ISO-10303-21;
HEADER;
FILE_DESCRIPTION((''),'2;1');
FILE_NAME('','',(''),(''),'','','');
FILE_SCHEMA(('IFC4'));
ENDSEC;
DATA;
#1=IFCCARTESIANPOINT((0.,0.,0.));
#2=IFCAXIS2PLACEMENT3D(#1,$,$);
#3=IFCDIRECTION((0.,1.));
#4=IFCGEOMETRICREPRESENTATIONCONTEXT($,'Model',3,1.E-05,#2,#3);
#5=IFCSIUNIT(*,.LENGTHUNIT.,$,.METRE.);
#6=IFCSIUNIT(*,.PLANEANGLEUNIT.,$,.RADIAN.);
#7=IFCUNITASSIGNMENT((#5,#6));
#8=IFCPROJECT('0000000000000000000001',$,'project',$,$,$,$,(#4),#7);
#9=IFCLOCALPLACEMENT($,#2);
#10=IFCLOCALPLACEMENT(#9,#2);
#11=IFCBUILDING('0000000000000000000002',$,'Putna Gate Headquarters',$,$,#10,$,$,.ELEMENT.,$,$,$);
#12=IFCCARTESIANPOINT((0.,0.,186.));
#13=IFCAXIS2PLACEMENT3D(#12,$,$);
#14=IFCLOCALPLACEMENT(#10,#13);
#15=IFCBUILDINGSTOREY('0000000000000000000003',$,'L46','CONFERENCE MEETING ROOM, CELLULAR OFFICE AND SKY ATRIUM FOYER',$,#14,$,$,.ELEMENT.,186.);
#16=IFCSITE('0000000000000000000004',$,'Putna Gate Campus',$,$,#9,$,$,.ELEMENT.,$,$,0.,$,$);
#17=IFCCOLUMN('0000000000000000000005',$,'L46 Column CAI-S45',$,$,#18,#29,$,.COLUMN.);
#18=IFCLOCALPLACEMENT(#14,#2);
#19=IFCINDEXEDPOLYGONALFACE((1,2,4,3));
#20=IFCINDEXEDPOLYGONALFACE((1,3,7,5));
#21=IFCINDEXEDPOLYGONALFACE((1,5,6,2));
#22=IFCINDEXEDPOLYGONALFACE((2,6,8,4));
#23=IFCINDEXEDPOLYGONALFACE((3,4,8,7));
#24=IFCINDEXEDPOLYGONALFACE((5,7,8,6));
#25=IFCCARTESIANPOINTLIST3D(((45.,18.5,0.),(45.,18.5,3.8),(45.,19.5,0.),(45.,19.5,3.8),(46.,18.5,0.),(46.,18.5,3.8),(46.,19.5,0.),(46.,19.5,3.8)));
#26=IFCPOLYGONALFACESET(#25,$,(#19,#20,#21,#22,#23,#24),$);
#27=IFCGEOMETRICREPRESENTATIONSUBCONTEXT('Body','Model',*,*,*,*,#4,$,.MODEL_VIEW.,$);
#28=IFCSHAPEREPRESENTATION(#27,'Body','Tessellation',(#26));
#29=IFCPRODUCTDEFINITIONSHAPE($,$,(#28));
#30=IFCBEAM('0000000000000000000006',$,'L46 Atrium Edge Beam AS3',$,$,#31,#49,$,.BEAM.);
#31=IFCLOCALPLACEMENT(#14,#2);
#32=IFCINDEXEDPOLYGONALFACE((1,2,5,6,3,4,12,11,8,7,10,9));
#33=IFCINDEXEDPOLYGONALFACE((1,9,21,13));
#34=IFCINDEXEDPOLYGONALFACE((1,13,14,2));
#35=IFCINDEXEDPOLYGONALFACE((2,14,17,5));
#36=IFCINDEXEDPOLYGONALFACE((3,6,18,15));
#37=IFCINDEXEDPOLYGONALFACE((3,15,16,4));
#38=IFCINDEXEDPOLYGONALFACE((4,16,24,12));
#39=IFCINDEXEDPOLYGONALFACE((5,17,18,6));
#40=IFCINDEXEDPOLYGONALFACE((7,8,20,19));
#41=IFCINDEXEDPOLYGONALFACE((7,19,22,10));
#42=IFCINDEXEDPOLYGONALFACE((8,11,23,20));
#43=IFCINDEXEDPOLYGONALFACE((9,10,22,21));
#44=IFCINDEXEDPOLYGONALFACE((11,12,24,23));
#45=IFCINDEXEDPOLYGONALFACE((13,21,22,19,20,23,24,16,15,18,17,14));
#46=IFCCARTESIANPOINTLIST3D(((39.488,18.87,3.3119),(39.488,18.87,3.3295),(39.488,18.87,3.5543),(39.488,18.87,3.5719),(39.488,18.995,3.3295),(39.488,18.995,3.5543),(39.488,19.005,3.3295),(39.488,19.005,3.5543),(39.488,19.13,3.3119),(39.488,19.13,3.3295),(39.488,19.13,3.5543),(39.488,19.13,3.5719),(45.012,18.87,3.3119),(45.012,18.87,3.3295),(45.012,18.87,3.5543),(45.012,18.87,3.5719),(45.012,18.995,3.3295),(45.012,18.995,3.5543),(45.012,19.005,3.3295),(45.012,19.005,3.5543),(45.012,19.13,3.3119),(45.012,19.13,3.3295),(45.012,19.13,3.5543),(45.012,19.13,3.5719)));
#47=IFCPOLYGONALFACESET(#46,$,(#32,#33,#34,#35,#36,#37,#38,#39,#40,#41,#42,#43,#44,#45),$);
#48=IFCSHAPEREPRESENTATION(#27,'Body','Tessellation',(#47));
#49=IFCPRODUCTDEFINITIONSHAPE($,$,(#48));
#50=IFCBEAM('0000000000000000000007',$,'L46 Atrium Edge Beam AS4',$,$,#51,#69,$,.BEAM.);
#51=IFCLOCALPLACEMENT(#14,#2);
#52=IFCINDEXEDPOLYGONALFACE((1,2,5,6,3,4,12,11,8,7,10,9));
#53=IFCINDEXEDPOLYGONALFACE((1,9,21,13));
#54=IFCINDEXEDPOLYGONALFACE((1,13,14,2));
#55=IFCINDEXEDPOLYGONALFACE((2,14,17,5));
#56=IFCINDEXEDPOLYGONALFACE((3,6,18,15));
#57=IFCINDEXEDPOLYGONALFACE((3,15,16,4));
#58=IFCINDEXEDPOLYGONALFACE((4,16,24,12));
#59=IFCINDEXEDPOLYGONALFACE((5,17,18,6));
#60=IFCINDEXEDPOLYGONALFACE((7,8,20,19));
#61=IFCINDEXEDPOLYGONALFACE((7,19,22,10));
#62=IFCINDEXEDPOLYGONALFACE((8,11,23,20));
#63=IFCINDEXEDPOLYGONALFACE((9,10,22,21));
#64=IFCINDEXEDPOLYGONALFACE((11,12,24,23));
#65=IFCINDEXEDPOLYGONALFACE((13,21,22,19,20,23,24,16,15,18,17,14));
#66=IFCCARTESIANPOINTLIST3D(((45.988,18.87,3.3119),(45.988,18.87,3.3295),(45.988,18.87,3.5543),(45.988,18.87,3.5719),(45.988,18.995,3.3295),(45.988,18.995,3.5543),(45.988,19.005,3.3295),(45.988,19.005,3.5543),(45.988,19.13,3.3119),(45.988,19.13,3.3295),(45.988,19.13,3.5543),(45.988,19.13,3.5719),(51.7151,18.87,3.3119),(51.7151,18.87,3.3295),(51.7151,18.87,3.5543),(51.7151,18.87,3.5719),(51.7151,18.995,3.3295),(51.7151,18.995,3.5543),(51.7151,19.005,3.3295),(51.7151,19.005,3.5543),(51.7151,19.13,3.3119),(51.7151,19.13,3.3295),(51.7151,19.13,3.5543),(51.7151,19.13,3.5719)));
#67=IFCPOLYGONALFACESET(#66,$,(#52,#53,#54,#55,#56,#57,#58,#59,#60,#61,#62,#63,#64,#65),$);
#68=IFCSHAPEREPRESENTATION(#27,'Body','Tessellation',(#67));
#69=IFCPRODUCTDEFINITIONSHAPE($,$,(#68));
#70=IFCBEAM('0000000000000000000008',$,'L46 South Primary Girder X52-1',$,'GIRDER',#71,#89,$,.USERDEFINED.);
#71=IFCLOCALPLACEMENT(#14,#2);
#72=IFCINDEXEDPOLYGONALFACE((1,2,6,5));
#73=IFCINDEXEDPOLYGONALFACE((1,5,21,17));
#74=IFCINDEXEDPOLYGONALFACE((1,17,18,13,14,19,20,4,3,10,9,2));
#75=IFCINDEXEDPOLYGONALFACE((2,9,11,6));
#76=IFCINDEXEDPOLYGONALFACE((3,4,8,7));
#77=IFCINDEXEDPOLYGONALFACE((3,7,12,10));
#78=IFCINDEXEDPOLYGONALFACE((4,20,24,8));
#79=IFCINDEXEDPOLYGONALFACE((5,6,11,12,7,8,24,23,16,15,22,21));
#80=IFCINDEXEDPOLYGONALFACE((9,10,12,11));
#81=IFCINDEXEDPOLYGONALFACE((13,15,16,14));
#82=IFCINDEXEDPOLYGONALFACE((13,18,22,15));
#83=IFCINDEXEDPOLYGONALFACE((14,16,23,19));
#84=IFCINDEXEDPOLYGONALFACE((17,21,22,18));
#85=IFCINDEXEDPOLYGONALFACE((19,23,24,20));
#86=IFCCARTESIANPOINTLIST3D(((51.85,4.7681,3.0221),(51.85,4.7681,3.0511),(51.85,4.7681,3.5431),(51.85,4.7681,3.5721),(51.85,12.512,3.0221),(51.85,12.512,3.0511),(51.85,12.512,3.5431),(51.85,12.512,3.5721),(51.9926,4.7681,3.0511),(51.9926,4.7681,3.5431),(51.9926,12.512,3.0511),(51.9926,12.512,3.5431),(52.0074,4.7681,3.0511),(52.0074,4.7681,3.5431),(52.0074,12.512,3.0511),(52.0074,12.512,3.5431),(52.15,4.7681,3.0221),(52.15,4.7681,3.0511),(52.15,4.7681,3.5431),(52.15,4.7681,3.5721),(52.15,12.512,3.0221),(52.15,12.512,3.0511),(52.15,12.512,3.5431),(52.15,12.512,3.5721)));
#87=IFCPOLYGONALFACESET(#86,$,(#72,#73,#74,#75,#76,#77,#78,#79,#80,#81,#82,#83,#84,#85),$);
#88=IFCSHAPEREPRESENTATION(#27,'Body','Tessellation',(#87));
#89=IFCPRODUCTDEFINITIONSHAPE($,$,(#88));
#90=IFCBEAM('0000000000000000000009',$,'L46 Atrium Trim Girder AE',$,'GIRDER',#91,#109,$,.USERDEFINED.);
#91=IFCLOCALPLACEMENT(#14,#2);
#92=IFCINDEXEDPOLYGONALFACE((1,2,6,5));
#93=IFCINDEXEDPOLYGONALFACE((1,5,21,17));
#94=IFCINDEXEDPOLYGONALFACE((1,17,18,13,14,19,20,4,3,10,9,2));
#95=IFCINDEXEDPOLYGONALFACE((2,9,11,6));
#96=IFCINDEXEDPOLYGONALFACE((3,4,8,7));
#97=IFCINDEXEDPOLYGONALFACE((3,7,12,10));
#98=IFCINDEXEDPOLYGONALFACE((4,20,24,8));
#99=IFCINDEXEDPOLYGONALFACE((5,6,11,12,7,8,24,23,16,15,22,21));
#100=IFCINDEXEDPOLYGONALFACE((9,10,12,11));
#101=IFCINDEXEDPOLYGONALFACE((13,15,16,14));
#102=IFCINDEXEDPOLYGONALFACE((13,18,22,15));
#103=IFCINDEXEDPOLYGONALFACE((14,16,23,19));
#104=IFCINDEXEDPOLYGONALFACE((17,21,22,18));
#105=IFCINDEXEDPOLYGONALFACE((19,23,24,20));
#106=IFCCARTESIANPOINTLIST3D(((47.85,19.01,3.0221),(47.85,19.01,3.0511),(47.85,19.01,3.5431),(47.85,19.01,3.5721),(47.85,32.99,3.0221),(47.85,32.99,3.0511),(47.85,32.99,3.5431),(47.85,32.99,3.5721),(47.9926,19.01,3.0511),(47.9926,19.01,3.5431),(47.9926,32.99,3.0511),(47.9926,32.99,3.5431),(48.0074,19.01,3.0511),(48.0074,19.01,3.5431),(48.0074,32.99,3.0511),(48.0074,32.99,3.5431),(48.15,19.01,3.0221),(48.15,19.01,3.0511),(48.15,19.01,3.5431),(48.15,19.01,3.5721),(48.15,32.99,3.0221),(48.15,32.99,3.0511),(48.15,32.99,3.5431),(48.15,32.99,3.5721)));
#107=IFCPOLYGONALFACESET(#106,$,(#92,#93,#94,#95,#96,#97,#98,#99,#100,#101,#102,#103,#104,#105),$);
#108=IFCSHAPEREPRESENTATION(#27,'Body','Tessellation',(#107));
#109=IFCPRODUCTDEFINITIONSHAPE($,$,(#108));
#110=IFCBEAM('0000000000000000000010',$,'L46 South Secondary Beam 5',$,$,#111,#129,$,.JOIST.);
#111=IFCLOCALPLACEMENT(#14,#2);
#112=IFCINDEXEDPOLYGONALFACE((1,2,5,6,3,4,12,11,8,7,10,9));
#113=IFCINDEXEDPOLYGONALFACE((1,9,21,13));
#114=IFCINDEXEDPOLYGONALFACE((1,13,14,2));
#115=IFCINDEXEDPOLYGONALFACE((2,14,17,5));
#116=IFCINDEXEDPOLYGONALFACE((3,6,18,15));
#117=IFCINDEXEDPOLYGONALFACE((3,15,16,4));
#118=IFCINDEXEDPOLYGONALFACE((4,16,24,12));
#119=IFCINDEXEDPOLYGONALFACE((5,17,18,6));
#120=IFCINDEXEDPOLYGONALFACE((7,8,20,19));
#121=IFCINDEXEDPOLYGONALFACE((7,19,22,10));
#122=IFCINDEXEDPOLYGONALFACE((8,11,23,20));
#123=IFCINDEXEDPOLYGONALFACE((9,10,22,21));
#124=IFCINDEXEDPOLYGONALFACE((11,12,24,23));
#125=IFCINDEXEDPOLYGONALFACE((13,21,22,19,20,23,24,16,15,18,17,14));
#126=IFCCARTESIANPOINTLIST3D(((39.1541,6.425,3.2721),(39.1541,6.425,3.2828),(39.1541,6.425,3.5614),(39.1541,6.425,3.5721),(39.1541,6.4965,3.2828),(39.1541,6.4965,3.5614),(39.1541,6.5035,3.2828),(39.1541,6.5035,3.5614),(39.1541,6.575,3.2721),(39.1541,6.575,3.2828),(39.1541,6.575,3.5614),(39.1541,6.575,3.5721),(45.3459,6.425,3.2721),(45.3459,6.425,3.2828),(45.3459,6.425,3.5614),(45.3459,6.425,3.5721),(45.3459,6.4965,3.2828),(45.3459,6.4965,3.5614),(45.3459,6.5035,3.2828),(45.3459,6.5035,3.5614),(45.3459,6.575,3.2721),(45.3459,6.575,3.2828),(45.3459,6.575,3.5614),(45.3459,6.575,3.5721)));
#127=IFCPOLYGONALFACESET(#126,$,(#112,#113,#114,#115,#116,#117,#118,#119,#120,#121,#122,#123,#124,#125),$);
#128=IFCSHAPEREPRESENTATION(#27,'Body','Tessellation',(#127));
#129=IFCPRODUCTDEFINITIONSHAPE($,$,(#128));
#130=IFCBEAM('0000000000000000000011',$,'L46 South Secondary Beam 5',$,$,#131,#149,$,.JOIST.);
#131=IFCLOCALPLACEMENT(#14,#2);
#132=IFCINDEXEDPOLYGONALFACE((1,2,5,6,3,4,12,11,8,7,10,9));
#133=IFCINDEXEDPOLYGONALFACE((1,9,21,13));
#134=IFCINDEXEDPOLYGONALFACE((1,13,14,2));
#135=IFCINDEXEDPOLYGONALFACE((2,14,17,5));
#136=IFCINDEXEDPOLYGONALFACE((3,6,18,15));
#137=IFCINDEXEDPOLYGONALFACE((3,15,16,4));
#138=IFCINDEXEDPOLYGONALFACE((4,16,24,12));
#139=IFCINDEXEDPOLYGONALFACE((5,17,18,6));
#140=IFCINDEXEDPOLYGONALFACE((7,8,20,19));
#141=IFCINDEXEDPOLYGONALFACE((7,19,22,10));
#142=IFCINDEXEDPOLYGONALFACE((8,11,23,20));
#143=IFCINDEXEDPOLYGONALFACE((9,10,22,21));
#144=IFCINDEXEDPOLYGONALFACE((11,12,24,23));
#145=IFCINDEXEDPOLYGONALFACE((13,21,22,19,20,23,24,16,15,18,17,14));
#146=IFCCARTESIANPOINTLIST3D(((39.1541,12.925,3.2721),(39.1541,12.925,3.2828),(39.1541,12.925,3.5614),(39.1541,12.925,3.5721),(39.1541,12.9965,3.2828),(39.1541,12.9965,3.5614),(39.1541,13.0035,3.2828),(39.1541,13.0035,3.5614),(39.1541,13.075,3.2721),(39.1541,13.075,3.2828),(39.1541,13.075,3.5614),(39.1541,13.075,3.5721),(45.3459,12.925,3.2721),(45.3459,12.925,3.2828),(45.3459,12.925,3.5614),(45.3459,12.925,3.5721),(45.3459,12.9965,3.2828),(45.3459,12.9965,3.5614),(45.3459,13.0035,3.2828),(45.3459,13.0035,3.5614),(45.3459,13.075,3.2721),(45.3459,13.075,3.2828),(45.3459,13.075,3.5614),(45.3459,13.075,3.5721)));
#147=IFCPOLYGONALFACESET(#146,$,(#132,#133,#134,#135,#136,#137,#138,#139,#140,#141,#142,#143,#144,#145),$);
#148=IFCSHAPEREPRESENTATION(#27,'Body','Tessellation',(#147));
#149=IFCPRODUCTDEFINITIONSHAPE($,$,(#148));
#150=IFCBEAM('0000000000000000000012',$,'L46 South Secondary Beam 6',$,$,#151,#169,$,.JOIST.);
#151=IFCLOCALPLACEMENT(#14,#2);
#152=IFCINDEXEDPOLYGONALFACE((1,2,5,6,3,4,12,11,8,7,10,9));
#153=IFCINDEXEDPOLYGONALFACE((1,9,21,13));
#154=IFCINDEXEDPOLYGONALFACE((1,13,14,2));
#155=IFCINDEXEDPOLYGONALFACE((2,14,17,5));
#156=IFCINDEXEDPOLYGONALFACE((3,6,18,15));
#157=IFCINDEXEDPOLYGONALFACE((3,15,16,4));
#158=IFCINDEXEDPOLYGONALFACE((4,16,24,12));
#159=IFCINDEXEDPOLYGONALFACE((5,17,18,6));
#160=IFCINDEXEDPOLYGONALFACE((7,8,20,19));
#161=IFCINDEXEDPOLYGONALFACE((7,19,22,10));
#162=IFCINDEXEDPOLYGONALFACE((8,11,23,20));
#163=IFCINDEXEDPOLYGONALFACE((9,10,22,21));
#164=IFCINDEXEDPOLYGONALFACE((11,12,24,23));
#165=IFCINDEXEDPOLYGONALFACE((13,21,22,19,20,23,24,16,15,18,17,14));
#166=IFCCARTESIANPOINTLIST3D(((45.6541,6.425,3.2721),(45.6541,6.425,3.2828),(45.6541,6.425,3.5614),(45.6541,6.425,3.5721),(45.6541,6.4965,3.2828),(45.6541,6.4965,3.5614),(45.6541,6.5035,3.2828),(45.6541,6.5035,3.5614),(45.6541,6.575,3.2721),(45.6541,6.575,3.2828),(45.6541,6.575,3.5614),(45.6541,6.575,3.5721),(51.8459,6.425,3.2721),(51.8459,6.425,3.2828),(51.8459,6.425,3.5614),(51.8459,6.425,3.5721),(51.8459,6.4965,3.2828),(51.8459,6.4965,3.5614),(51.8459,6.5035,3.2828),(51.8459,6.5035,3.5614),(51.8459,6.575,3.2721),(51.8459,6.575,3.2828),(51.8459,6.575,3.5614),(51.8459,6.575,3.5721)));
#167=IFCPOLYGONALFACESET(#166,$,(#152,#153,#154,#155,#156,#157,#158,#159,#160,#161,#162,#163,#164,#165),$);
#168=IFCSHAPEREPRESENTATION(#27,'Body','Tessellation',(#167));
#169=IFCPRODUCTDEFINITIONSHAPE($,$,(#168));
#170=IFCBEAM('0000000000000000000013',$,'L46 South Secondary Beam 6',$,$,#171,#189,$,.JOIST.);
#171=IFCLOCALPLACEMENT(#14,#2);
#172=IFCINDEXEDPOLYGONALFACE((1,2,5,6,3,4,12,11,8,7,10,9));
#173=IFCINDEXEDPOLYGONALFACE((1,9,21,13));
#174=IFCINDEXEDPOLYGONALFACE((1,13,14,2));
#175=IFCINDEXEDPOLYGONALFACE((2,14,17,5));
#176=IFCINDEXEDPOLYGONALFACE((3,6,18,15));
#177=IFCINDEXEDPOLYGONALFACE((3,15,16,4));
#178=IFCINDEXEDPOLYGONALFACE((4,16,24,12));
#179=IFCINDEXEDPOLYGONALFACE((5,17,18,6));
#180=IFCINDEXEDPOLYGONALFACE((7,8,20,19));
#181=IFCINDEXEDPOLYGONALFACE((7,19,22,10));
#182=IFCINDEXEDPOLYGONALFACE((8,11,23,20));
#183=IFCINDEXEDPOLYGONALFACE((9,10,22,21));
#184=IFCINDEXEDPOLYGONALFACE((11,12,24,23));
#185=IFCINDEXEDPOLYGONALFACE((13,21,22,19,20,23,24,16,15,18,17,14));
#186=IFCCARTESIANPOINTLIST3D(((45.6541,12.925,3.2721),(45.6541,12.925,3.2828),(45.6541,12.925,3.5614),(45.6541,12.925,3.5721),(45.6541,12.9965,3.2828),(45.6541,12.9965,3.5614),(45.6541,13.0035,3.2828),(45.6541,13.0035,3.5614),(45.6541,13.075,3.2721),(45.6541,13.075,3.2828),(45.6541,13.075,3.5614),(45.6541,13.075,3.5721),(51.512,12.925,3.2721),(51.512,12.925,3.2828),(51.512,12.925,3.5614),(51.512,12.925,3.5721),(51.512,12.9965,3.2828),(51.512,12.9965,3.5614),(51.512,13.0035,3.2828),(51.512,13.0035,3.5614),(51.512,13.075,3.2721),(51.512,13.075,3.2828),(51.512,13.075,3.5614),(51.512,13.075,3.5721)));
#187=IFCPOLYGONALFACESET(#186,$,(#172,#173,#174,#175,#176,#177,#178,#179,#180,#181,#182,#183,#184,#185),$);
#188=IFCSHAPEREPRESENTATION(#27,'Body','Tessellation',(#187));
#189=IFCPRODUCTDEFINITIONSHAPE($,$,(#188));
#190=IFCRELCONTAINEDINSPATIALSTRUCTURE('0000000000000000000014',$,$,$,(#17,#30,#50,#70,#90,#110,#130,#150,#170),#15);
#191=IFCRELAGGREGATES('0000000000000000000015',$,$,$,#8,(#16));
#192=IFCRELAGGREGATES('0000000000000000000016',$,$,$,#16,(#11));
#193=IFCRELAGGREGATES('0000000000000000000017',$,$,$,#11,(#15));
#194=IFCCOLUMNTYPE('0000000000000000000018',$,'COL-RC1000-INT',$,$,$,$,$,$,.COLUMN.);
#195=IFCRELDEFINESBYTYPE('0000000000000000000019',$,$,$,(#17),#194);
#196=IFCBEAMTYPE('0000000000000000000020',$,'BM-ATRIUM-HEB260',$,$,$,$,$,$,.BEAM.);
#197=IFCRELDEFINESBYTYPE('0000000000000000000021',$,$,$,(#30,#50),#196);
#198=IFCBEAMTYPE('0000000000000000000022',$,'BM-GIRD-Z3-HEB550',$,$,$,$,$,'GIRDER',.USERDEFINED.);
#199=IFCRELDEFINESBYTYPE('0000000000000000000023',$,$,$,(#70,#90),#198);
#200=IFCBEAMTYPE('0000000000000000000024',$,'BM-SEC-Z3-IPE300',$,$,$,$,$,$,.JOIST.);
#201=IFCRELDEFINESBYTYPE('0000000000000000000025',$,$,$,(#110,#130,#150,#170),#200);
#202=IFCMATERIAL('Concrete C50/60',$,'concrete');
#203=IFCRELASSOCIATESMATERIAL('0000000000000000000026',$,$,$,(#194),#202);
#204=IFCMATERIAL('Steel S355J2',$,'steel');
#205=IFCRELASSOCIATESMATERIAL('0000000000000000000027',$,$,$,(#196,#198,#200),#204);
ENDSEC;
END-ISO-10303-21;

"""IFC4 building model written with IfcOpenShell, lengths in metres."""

from ifc_helpers import new_model, si_unit, direction, frame, origin, origin_2d, place, context, subcontext, project, spatial, rectangle, i_section, extrude, material, material_profile, profile_set, type_object, element, save


model = new_model("IFC4")

# Units and contexts
model_context = context("Model", 3, precision=1e-05, world=origin(), true_north=direction((0.0, 1.0)))
body_context = subcontext(model_context, "Body", "Model", "MODEL_VIEW")
ifc_project = project(units=[si_unit("LENGTHUNIT", "METRE"), si_unit("PLANEANGLEUNIT", "RADIAN")], contexts=[model_context])

# Site, building, storey
site_placement = place(None, origin())
site = spatial("IfcSite", under=ifc_project, at=site_placement, Name="Putna Gate Campus", CompositionType="ELEMENT", RefElevation=0.0)
building_placement = place(site_placement, origin())
building = spatial("IfcBuilding", under=site, at=building_placement, Name="Putna Gate Headquarters", CompositionType="ELEMENT")
storey_placement = place(building_placement, frame((0.0, 0.0, 186.0)))
storey = spatial("IfcBuildingStorey", under=building, at=storey_placement, Name="L46", Description="CONFERENCE MEETING ROOM, CELLULAR OFFICE AND SKY ATRIUM FOYER", CompositionType="ELEMENT", Elevation=186.0)

# Column
ifc_material_1 = material(Name="Concrete C50/60", Category="concrete")
ifc_material_profile_1 = material_profile(ifc_material_1, rectangle(XDim=1.0, YDim=1.0, at=origin_2d()), Name="Concrete C50/60")
ifc_profile_set_1 = profile_set([ifc_material_profile_1], Name="Concrete C50/60")
column_type = type_object("IfcColumnType", Name="COL-RC1000-INT", PredefinedType="COLUMN", material=ifc_profile_set_1)
column_placement = place(storey_placement, frame((45.5, 19.0, 0.0), z_axis=(0.0, 0.0, 1.0), x_axis=(1.0, 0.0, 0.0)))
element("IfcColumn", 1, at=column_placement, inside=storey, type_object=column_type, Name="L46 Column CAI-S45", PredefinedType="COLUMN", context=body_context, shape_type="SweptSolid", body=[
    extrude(rectangle(XDim=1.0, YDim=1.0, at=origin_2d()), origin(), (0.0, 0.0, 1.0), 3.8),
])

# Beams
ifc_material_2 = material(Name="Steel S355J2", Category="steel")
ifc_material_profile_2 = material_profile(ifc_material_2, i_section(OverallWidth=0.26, OverallDepth=0.26, WebThickness=0.01, FlangeThickness=0.0176, at=origin_2d()), Name="Steel S355J2")
ifc_profile_set_2 = profile_set([ifc_material_profile_2], Name="Steel S355J2")
beam_type_1 = type_object("IfcBeamType", Name="BM-ATRIUM-HEB260", PredefinedType="BEAM", material=ifc_profile_set_2)
beam_1_placement = place(storey_placement, frame((39.488, 19.0, 3.4419), z_axis=(1.0, 0.0, 0.0), x_axis=(0.0, 1.0, 0.0)))
element("IfcBeam", 2, at=beam_1_placement, inside=storey, type_object=beam_type_1, Name="L46 Atrium Edge Beam AS3", PredefinedType="BEAM", context=body_context, shape_type="SweptSolid", body=[
    extrude(i_section(OverallWidth=0.26, OverallDepth=0.26, WebThickness=0.01, FlangeThickness=0.0176, at=origin_2d()), origin(), (0.0, 0.0, 1.0), 5.5239),
])
beam_2_placement = place(storey_placement, frame((45.988, 19.0, 3.4419), z_axis=(1.0, 0.0, 0.0), x_axis=(0.0, 1.0, 0.0)))
element("IfcBeam", 3, at=beam_2_placement, inside=storey, type_object=beam_type_1, Name="L46 Atrium Edge Beam AS4", PredefinedType="BEAM", context=body_context, shape_type="SweptSolid", body=[
    extrude(i_section(OverallWidth=0.26, OverallDepth=0.26, WebThickness=0.01, FlangeThickness=0.0176, at=origin_2d()), origin(), (0.0, 0.0, 1.0), 5.7271),
])
ifc_material_profile_3 = material_profile(ifc_material_2, i_section(OverallWidth=0.3, OverallDepth=0.55, WebThickness=0.0149, FlangeThickness=0.0291, at=origin_2d()), Name="Steel S355J2")
ifc_profile_set_3 = profile_set([ifc_material_profile_3], Name="Steel S355J2")
beam_type_2 = type_object("IfcBeamType", Name="BM-GIRD-Z3-HEB550", ElementType="GIRDER", PredefinedType="USERDEFINED", material=ifc_profile_set_3)
beam_3_placement = place(storey_placement, frame((52.0, 4.7681, 3.2971), z_axis=(0.0, 1.0, 0.0), x_axis=(-1.0, 0.0, 0.0)))
element("IfcBeam", 4, at=beam_3_placement, inside=storey, type_object=beam_type_2, Name="L46 South Primary Girder X52-1", ObjectType="GIRDER", PredefinedType="USERDEFINED", context=body_context, shape_type="SweptSolid", body=[
    extrude(i_section(OverallWidth=0.3, OverallDepth=0.55, WebThickness=0.0149, FlangeThickness=0.0291, at=origin_2d()), origin(), (0.0, 0.0, 1.0), 7.7439),
])
beam_4_placement = place(storey_placement, frame((48.0, 19.01, 3.2971), z_axis=(0.0, 1.0, 0.0), x_axis=(-1.0, 0.0, 0.0)))
element("IfcBeam", 5, at=beam_4_placement, inside=storey, type_object=beam_type_2, Name="L46 Atrium Trim Girder AE", ObjectType="GIRDER", PredefinedType="USERDEFINED", context=body_context, shape_type="SweptSolid", body=[
    extrude(i_section(OverallWidth=0.3, OverallDepth=0.55, WebThickness=0.0149, FlangeThickness=0.0291, at=origin_2d()), origin(), (0.0, 0.0, 1.0), 13.98),
])
ifc_material_profile_4 = material_profile(ifc_material_2, i_section(OverallWidth=0.1499, OverallDepth=0.3, WebThickness=0.0071, FlangeThickness=0.0107, at=origin_2d()), Name="Steel S355J2")
ifc_profile_set_4 = profile_set([ifc_material_profile_4], Name="Steel S355J2")
beam_type_3 = type_object("IfcBeamType", Name="BM-SEC-Z3-IPE300", PredefinedType="JOIST", material=ifc_profile_set_4)
for number, where, z_axis, x_axis, name in (
    (6, (39.1541, 6.5, 3.4221), (1.0, 0.0, 0.0), (0.0, 1.0, 0.0), "L46 South Secondary Beam 5"),
    (7, (39.1541, 13.0, 3.4221), (1.0, 0.0, 0.0), (0.0, 1.0, 0.0), "L46 South Secondary Beam 5"),
    (8, (45.6541, 6.5, 3.4221), (1.0, 0.0, 0.0), (0.0, 1.0, 0.0), "L46 South Secondary Beam 6"),
):
    element("IfcBeam", number, at=place(storey_placement, frame(where, z_axis=z_axis, x_axis=x_axis)), inside=storey, type_object=beam_type_3, Name=name, PredefinedType="JOIST", context=body_context, shape_type="SweptSolid", body=[
        extrude(i_section(OverallWidth=0.1499, OverallDepth=0.3, WebThickness=0.0071, FlangeThickness=0.0107, at=origin_2d()), origin(), (0.0, 0.0, 1.0), 6.1919),
    ])
beam_5_placement = place(storey_placement, frame((45.6541, 13.0, 3.4221), z_axis=(1.0, 0.0, 0.0), x_axis=(0.0, 1.0, 0.0)))
element("IfcBeam", 9, at=beam_5_placement, inside=storey, type_object=beam_type_3, Name="L46 South Secondary Beam 6", PredefinedType="JOIST", context=body_context, shape_type="SweptSolid", body=[
    extrude(i_section(OverallWidth=0.1499, OverallDepth=0.3, WebThickness=0.0071, FlangeThickness=0.0107, at=origin_2d()), origin(), (0.0, 0.0, 1.0), 5.8579),
])

save(model, "model.ifc")
